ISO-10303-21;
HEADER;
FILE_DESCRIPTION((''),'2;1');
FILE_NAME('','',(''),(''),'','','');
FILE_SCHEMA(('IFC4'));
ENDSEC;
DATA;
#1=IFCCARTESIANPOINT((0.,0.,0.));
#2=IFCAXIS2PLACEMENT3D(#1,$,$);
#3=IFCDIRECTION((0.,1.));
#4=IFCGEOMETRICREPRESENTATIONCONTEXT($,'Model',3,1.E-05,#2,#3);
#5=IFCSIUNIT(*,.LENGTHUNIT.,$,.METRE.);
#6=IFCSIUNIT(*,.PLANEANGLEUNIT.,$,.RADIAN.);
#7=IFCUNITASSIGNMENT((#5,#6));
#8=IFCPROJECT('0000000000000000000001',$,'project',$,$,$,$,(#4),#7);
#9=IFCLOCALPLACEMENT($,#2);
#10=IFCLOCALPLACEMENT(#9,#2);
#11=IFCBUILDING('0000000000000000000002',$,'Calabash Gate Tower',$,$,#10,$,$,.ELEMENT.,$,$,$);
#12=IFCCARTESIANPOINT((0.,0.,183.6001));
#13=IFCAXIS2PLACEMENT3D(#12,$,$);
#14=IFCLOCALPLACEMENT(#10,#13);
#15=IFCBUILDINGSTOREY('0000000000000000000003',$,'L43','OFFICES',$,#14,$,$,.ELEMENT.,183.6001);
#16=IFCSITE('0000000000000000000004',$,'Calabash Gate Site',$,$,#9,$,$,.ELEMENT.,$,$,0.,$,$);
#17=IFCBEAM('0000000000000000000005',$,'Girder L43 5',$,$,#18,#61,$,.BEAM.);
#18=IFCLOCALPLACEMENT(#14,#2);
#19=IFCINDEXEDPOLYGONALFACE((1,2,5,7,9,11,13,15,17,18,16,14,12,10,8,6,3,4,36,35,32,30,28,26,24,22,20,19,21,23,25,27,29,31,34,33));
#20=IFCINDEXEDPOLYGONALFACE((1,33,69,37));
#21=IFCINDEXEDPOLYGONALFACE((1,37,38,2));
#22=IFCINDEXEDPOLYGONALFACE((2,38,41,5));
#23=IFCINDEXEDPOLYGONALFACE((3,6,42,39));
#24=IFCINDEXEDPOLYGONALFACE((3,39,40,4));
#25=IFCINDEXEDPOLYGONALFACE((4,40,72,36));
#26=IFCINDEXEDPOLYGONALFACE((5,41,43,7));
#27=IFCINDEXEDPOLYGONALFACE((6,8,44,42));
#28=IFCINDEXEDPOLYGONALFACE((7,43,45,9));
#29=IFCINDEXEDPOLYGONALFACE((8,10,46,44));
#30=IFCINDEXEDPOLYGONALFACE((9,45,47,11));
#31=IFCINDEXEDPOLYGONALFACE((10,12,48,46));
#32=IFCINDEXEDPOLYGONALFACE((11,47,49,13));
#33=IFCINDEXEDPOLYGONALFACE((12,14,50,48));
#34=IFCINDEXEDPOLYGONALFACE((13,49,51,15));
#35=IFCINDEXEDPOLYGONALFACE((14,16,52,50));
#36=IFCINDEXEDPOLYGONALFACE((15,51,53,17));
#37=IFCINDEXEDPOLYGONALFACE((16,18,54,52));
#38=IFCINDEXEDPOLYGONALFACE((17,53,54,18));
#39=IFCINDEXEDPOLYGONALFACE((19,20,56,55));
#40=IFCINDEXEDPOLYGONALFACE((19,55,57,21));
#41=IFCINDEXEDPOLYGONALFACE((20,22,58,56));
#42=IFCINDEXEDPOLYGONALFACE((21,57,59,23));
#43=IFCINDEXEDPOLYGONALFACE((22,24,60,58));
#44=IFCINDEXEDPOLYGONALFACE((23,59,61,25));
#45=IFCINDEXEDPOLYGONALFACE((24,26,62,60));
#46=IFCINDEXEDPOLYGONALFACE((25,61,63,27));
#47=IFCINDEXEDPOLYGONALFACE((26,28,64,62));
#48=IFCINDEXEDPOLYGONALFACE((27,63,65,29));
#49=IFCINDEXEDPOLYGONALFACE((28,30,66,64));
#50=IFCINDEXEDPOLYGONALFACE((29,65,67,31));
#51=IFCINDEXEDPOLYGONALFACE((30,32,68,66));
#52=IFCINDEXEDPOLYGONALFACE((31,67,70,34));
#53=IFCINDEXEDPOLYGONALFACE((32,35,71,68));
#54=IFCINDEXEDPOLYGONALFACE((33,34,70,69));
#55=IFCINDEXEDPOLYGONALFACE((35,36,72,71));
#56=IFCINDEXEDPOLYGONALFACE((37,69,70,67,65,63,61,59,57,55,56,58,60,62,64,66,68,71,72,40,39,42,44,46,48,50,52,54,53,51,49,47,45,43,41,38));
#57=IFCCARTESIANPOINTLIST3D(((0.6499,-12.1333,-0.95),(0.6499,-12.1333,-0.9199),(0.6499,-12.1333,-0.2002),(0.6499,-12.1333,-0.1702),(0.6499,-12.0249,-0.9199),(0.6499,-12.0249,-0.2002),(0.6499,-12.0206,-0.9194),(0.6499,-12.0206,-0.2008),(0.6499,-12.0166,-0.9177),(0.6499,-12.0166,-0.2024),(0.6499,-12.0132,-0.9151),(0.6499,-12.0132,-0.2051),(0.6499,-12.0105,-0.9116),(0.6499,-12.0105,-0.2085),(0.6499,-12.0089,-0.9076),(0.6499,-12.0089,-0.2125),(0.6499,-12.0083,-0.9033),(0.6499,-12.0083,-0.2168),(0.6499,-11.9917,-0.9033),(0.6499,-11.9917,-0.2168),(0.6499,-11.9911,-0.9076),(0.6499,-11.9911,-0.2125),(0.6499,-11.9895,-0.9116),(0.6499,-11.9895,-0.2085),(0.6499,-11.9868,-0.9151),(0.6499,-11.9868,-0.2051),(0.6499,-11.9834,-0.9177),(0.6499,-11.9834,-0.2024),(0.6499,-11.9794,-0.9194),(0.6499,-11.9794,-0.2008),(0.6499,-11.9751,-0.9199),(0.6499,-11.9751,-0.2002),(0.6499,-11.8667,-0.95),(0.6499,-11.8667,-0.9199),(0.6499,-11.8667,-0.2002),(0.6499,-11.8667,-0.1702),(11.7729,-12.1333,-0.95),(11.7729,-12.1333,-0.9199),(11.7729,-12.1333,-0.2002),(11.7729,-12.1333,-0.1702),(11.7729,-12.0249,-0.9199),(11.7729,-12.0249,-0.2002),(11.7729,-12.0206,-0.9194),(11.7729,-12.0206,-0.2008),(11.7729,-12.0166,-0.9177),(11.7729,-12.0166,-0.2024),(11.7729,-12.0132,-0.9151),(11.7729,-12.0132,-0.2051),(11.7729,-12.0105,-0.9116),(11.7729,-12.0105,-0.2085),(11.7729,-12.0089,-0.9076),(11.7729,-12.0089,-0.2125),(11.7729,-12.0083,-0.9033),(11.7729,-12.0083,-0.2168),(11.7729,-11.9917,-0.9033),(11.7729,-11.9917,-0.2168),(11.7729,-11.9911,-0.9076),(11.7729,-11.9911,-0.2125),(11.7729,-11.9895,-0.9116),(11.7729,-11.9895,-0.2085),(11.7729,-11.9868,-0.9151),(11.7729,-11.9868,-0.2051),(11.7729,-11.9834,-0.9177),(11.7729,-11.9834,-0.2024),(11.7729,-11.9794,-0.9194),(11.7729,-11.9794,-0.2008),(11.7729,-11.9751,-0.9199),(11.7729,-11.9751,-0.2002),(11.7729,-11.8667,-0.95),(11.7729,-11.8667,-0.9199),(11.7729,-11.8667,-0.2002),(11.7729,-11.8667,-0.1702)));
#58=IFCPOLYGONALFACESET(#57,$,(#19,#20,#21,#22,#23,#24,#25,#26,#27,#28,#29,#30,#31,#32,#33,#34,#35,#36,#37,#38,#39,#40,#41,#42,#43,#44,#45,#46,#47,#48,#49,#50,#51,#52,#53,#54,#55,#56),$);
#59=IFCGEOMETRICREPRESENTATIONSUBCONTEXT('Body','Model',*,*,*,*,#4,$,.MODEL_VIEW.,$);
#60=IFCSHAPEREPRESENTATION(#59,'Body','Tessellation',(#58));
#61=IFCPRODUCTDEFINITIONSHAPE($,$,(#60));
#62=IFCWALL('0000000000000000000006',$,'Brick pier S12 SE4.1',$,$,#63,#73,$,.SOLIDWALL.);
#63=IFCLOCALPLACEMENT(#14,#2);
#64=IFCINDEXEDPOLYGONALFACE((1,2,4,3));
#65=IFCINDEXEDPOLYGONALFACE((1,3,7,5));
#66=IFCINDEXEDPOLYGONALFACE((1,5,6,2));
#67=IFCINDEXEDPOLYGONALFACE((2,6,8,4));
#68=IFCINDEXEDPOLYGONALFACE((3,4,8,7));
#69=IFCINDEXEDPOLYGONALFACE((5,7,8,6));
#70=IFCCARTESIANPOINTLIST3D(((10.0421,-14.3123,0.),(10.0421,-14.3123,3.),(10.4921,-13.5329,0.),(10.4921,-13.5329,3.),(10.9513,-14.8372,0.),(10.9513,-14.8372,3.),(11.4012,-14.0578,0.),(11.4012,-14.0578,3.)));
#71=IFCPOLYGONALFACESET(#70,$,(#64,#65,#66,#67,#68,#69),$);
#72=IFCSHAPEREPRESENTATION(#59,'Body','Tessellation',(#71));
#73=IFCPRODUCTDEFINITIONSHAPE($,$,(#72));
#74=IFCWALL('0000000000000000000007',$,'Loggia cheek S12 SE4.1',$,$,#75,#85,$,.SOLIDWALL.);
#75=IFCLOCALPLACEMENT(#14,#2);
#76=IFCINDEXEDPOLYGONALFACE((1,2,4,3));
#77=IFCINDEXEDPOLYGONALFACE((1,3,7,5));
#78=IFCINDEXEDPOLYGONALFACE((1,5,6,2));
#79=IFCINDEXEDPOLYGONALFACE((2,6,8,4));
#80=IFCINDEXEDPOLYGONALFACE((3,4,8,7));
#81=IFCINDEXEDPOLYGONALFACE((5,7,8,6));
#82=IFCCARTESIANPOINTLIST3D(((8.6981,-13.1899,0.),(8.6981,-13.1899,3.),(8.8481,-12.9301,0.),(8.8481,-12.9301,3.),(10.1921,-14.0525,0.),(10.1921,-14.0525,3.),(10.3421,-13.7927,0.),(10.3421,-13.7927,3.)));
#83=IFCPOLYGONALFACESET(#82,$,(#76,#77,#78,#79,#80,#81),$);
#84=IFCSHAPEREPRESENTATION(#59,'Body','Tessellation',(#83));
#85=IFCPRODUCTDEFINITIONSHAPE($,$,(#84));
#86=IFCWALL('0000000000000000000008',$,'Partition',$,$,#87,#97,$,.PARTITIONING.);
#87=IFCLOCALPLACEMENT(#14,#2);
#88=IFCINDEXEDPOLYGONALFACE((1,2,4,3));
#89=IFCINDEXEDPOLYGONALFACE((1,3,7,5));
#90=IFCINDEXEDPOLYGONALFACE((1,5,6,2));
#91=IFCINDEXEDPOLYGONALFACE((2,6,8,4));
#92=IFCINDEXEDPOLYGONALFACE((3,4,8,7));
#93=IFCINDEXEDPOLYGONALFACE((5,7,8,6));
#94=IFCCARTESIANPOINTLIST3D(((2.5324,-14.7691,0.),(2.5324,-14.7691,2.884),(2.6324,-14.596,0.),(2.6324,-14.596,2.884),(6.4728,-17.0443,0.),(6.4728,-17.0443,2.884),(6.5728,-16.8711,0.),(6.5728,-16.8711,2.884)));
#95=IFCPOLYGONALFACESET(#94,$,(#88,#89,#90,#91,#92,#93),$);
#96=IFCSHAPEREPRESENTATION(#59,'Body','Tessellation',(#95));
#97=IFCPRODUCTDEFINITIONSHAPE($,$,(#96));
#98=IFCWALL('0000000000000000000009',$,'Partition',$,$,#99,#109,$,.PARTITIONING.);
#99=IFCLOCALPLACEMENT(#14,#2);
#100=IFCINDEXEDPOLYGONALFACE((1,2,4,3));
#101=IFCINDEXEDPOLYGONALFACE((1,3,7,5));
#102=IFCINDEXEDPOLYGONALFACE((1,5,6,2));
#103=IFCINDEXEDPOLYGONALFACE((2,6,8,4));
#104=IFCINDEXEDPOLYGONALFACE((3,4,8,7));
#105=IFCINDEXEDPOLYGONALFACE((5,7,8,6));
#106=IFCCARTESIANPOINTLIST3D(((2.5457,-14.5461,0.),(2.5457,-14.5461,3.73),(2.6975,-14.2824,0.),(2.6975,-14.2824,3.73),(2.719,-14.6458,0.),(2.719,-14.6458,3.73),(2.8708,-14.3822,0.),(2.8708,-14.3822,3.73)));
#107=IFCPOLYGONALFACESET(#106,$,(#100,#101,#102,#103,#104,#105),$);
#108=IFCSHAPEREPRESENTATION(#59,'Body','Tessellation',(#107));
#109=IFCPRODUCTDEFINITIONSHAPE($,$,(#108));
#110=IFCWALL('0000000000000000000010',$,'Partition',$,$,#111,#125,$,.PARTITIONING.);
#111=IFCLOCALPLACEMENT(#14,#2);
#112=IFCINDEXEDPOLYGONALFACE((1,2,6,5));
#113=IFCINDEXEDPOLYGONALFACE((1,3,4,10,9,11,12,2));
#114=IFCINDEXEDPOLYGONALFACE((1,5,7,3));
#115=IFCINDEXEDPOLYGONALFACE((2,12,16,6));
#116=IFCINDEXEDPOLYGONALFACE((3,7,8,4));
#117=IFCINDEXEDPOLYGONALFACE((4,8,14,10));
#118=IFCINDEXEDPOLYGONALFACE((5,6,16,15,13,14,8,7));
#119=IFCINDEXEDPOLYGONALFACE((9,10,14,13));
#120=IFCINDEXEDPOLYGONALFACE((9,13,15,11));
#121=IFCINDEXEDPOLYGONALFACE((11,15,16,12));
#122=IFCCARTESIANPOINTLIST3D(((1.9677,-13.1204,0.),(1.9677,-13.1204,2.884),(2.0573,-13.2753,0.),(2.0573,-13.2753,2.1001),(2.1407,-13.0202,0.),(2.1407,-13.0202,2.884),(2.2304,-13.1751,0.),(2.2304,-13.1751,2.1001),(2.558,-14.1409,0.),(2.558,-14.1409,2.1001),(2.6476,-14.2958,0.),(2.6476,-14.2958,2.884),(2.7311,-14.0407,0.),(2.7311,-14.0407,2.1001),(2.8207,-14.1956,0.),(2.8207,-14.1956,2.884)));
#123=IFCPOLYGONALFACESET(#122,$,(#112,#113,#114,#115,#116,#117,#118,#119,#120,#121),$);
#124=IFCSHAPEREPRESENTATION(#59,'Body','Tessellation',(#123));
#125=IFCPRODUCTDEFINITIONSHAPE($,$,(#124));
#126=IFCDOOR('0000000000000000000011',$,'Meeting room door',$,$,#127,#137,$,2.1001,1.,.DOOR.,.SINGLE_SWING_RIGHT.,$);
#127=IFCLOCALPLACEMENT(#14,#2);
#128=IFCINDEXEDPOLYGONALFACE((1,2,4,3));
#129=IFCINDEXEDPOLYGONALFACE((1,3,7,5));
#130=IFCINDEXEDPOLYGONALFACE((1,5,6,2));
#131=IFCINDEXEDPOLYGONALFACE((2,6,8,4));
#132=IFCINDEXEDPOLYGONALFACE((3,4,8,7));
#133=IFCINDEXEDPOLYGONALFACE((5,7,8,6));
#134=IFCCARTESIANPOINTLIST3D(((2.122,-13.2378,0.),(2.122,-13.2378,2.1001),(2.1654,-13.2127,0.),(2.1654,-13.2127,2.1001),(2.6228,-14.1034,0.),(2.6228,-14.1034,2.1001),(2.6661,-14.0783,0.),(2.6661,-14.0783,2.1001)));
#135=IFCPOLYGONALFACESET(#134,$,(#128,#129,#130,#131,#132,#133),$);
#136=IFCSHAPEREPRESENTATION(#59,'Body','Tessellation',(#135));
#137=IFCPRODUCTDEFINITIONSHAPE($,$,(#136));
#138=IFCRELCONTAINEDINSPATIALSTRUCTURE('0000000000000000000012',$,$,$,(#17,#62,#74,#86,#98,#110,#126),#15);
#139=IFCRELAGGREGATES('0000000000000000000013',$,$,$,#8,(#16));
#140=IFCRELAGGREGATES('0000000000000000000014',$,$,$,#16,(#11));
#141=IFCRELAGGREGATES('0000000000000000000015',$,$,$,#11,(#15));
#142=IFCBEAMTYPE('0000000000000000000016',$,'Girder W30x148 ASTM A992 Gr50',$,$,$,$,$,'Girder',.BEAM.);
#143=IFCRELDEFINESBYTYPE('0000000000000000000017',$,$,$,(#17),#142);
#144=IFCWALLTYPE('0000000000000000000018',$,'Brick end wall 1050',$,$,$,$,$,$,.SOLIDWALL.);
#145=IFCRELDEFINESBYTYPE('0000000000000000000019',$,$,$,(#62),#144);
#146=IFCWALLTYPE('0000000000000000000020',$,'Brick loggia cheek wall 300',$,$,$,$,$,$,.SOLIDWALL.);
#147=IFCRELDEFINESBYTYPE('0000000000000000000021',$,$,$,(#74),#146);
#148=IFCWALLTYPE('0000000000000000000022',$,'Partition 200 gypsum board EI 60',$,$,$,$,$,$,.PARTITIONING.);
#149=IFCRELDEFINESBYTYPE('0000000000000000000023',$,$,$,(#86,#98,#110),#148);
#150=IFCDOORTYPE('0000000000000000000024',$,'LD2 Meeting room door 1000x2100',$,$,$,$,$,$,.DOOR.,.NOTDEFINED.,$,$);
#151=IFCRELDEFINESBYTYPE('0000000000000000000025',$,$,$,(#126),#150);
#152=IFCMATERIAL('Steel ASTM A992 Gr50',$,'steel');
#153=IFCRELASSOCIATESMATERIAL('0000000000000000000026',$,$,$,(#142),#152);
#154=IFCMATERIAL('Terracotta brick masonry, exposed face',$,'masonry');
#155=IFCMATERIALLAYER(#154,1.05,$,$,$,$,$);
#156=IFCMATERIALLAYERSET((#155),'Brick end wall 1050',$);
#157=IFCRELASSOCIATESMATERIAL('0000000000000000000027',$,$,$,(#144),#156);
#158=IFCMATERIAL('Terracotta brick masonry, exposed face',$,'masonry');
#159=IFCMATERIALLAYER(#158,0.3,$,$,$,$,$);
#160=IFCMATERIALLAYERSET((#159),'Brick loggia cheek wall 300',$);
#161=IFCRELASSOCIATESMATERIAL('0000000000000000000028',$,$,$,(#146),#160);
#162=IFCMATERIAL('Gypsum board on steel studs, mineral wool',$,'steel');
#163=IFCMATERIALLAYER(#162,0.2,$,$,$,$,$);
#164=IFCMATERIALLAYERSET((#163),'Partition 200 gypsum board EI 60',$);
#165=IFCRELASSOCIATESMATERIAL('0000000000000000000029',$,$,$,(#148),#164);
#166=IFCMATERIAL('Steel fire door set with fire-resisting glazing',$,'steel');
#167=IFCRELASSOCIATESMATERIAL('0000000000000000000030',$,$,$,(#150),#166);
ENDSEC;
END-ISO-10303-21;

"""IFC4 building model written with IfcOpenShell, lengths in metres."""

from ifc_helpers import new_model, si_unit, direction, frame, frame_2d, origin, origin_2d, place, context, subcontext, project, spatial, rectangle, i_section, extrude, material, layer, layer_set, material_profile, profile_set, type_object, element, fill, save


model = new_model("IFC4")

# Units and contexts
model_context = context("Model", 3, precision=1e-05, world=origin(), true_north=direction((0.0, 1.0)))
body_context = subcontext(model_context, "Body", "Model", "MODEL_VIEW")
ifc_project = project(units=[si_unit("LENGTHUNIT", "METRE"), si_unit("PLANEANGLEUNIT", "RADIAN")], contexts=[model_context])

# Site, building, storey
site_placement = place(None, origin())
site = spatial("IfcSite", under=ifc_project, at=site_placement, Name="Calabash Gate Site", CompositionType="ELEMENT", RefElevation=0.0)
building_placement = place(site_placement, origin())
building = spatial("IfcBuilding", under=site, at=building_placement, Name="Calabash Gate Tower", CompositionType="ELEMENT")
storey_placement = place(building_placement, frame((0.0, 0.0, 183.6001)))
storey = spatial("IfcBuildingStorey", under=building, at=storey_placement, Name="L43", Description="OFFICES", CompositionType="ELEMENT", Elevation=183.6001)

# Beam
ifc_material_1 = material(Name="Steel ASTM A992 Gr50", Category="steel")
ifc_material_profile_1 = material_profile(ifc_material_1, i_section(OverallWidth=0.2666, OverallDepth=0.7798, WebThickness=0.0166, FlangeThickness=0.03, FilletRadius=0.0166, at=origin_2d()))
ifc_profile_set_1 = profile_set([ifc_material_profile_1], Name="Steel ASTM A992 Gr50")
beam_type_1 = type_object("IfcBeamType", Name="Girder W30x148 ASTM A992 Gr50", ElementType="Girder", PredefinedType="BEAM", material=ifc_profile_set_1)
beam_1_placement = place(storey_placement, frame((0.6499, -12.0, -0.5601), z_axis=(1.0, 0.0, 0.0), x_axis=(0.0, 1.0, 0.0)))
element("IfcBeam", 1, at=beam_1_placement, inside=storey, type_object=beam_type_1, Name="Girder L43 5", PredefinedType="BEAM", context=body_context, shape_type="SweptSolid", body=[
    extrude(i_section(OverallWidth=0.2666, OverallDepth=0.7798, WebThickness=0.0166, FlangeThickness=0.03, FilletRadius=0.0166, at=origin_2d()), origin(), (0.0, 0.0, 1.0), 11.123),
])

# Walls
ifc_material_2 = material(Name="Terracotta brick masonry, exposed face", Category="masonry")
ifc_layer_1 = layer(ifc_material_2, 1.05)
ifc_layer_set_1 = layer_set([ifc_layer_1], Name="Brick end wall 1050")
wall_type_1 = type_object("IfcWallType", Name="Brick end wall 1050", PredefinedType="SOLIDWALL", material=ifc_layer_set_1)
wall_1_placement = place(storey_placement, frame((11.1763, -14.4475, 0.0), z_axis=(0.0, 0.0, 1.0), x_axis=(-0.866031, 0.499991, 0.0)))
element("IfcWall", 2, at=wall_1_placement, inside=storey, type_object=wall_type_1, Name="Brick pier S12 SE4.1", PredefinedType="SOLIDWALL", context=body_context, shape_type="SweptSolid", body=[
    extrude(rectangle(XDim=1.0498, YDim=0.8999, at=frame_2d((0.5249, 0.0))), origin(), (0.0, 0.0, 1.0), 3.0),
])
ifc_material_3 = material(Name="Terracotta brick masonry, exposed face", Category="masonry")
ifc_layer_2 = layer(ifc_material_3, 0.3)
ifc_layer_set_2 = layer_set([ifc_layer_2], Name="Brick loggia cheek wall 300")
wall_type_2 = type_object("IfcWallType", Name="Brick loggia cheek wall 300", PredefinedType="SOLIDWALL", material=ifc_layer_set_2)
wall_2_placement = place(storey_placement, frame((10.2671, -13.9226, 0.0), z_axis=(0.0, 0.0, 1.0), x_axis=(-0.866014, 0.500021, 0.0)))
element("IfcWall", 3, at=wall_2_placement, inside=storey, type_object=wall_type_2, Name="Loggia cheek S12 SE4.1", PredefinedType="SOLIDWALL", context=body_context, shape_type="SweptSolid", body=[
    extrude(rectangle(XDim=1.7251, YDim=0.3, at=frame_2d((0.8625, 0.0))), origin(), (0.0, 0.0, 1.0), 3.0),
])
ifc_material_4 = material(Name="Gypsum board on steel studs, mineral wool", Category="steel")
ifc_layer_3 = layer(ifc_material_4, 0.2)
ifc_layer_set_3 = layer_set([ifc_layer_3], Name="Partition 200 gypsum board EI 60")
wall_type_3 = type_object("IfcWallType", Name="Partition 200 gypsum board EI 60", PredefinedType="PARTITIONING", material=ifc_layer_set_3)
wall_3_placement = place(storey_placement, frame((2.5825, -14.6826, 0.0), z_axis=(0.0, 0.0, 1.0), x_axis=(0.866012, -0.500023, 0.0)))
element("IfcWall", 4, at=wall_3_placement, inside=storey, type_object=wall_type_3, Name="Partition", PredefinedType="PARTITIONING", context=body_context, shape_type="SweptSolid", body=[
    extrude(rectangle(XDim=4.55, YDim=0.2, at=frame_2d((2.2749, 0.0))), origin(), (0.0, 0.0, 1.0), 2.884),
])
wall_4_placement = place(storey_placement, frame((2.6323, -14.5959, 0.0), z_axis=(0.0, 0.0, 1.0), x_axis=(0.499074, 0.866559, 0.0)))
element("IfcWall", 5, at=wall_4_placement, inside=storey, type_object=wall_type_3, Name="Partition", PredefinedType="PARTITIONING", context=body_context, shape_type="SweptSolid", body=[
    extrude(rectangle(XDim=0.3042, YDim=0.2, at=frame_2d((0.1521, 0.0))), origin(), (0.0, 0.0, 1.0), 3.73),
])

# Wall, opening, door
wall_5_placement = place(storey_placement, frame((2.0542, -13.0703, 0.0), z_axis=(0.0, 0.0, 1.0), x_axis=(0.50076, -0.865586, 0.0)))
wall_5 = element("IfcWall", 6, at=wall_5_placement, inside=storey, type_object=wall_type_3, Name="Partition", PredefinedType="PARTITIONING", context=body_context, shape_type="SweptSolid", body=[
    extrude(rectangle(XDim=1.3579, YDim=0.2, at=frame_2d((0.679, 0.0))), origin(), (0.0, 0.0, 1.0), 2.884),
])
opening_1_placement = place(wall_5_placement, frame((0.179, 0.0, 0.0)))
opening_1 = element("IfcOpeningElement", 7, at=opening_1_placement, cuts=wall_5, PredefinedType="OPENING", context=body_context, shape_type="SweptSolid", body=[
    extrude(rectangle(XDim=1.0, YDim=2.1001, at=frame_2d((0.5, 1.05))), frame((0.0, 0.1099, 0.0), z_axis=(0.0, -1.0, 0.0), x_axis=(1.0, 0.0, 0.0)), (0.0, 0.0, 1.0), 0.22),
])
ifc_material_5 = material(Name="Steel fire door set with fire-resisting glazing", Category="steel")
door_type_1 = type_object("IfcDoorType", Name="LD2 Meeting room door 1000x2100", OperationType="NOTDEFINED", PredefinedType="DOOR", material=ifc_material_5)
door_1_placement = place(opening_1_placement, origin())
door_1 = element("IfcDoor", 8, at=door_1_placement, inside=storey, type_object=door_type_1, Name="Meeting room door", OperationType="SINGLE_SWING_RIGHT", OverallHeight=2.1001, OverallWidth=1.0, PredefinedType="DOOR", context=body_context, shape_type="SweptSolid", body=[
    extrude(rectangle(XDim=1.0, YDim=2.1001, at=frame_2d((0.5, 1.05))), frame((0.0, 0.0249, 0.0), z_axis=(0.0, -1.0, 0.0), x_axis=(1.0, 0.0, 0.0)), (0.0, 0.0, 1.0), 0.05),
])
fill(opening_1, door_1)

save(model, "model.ifc")
